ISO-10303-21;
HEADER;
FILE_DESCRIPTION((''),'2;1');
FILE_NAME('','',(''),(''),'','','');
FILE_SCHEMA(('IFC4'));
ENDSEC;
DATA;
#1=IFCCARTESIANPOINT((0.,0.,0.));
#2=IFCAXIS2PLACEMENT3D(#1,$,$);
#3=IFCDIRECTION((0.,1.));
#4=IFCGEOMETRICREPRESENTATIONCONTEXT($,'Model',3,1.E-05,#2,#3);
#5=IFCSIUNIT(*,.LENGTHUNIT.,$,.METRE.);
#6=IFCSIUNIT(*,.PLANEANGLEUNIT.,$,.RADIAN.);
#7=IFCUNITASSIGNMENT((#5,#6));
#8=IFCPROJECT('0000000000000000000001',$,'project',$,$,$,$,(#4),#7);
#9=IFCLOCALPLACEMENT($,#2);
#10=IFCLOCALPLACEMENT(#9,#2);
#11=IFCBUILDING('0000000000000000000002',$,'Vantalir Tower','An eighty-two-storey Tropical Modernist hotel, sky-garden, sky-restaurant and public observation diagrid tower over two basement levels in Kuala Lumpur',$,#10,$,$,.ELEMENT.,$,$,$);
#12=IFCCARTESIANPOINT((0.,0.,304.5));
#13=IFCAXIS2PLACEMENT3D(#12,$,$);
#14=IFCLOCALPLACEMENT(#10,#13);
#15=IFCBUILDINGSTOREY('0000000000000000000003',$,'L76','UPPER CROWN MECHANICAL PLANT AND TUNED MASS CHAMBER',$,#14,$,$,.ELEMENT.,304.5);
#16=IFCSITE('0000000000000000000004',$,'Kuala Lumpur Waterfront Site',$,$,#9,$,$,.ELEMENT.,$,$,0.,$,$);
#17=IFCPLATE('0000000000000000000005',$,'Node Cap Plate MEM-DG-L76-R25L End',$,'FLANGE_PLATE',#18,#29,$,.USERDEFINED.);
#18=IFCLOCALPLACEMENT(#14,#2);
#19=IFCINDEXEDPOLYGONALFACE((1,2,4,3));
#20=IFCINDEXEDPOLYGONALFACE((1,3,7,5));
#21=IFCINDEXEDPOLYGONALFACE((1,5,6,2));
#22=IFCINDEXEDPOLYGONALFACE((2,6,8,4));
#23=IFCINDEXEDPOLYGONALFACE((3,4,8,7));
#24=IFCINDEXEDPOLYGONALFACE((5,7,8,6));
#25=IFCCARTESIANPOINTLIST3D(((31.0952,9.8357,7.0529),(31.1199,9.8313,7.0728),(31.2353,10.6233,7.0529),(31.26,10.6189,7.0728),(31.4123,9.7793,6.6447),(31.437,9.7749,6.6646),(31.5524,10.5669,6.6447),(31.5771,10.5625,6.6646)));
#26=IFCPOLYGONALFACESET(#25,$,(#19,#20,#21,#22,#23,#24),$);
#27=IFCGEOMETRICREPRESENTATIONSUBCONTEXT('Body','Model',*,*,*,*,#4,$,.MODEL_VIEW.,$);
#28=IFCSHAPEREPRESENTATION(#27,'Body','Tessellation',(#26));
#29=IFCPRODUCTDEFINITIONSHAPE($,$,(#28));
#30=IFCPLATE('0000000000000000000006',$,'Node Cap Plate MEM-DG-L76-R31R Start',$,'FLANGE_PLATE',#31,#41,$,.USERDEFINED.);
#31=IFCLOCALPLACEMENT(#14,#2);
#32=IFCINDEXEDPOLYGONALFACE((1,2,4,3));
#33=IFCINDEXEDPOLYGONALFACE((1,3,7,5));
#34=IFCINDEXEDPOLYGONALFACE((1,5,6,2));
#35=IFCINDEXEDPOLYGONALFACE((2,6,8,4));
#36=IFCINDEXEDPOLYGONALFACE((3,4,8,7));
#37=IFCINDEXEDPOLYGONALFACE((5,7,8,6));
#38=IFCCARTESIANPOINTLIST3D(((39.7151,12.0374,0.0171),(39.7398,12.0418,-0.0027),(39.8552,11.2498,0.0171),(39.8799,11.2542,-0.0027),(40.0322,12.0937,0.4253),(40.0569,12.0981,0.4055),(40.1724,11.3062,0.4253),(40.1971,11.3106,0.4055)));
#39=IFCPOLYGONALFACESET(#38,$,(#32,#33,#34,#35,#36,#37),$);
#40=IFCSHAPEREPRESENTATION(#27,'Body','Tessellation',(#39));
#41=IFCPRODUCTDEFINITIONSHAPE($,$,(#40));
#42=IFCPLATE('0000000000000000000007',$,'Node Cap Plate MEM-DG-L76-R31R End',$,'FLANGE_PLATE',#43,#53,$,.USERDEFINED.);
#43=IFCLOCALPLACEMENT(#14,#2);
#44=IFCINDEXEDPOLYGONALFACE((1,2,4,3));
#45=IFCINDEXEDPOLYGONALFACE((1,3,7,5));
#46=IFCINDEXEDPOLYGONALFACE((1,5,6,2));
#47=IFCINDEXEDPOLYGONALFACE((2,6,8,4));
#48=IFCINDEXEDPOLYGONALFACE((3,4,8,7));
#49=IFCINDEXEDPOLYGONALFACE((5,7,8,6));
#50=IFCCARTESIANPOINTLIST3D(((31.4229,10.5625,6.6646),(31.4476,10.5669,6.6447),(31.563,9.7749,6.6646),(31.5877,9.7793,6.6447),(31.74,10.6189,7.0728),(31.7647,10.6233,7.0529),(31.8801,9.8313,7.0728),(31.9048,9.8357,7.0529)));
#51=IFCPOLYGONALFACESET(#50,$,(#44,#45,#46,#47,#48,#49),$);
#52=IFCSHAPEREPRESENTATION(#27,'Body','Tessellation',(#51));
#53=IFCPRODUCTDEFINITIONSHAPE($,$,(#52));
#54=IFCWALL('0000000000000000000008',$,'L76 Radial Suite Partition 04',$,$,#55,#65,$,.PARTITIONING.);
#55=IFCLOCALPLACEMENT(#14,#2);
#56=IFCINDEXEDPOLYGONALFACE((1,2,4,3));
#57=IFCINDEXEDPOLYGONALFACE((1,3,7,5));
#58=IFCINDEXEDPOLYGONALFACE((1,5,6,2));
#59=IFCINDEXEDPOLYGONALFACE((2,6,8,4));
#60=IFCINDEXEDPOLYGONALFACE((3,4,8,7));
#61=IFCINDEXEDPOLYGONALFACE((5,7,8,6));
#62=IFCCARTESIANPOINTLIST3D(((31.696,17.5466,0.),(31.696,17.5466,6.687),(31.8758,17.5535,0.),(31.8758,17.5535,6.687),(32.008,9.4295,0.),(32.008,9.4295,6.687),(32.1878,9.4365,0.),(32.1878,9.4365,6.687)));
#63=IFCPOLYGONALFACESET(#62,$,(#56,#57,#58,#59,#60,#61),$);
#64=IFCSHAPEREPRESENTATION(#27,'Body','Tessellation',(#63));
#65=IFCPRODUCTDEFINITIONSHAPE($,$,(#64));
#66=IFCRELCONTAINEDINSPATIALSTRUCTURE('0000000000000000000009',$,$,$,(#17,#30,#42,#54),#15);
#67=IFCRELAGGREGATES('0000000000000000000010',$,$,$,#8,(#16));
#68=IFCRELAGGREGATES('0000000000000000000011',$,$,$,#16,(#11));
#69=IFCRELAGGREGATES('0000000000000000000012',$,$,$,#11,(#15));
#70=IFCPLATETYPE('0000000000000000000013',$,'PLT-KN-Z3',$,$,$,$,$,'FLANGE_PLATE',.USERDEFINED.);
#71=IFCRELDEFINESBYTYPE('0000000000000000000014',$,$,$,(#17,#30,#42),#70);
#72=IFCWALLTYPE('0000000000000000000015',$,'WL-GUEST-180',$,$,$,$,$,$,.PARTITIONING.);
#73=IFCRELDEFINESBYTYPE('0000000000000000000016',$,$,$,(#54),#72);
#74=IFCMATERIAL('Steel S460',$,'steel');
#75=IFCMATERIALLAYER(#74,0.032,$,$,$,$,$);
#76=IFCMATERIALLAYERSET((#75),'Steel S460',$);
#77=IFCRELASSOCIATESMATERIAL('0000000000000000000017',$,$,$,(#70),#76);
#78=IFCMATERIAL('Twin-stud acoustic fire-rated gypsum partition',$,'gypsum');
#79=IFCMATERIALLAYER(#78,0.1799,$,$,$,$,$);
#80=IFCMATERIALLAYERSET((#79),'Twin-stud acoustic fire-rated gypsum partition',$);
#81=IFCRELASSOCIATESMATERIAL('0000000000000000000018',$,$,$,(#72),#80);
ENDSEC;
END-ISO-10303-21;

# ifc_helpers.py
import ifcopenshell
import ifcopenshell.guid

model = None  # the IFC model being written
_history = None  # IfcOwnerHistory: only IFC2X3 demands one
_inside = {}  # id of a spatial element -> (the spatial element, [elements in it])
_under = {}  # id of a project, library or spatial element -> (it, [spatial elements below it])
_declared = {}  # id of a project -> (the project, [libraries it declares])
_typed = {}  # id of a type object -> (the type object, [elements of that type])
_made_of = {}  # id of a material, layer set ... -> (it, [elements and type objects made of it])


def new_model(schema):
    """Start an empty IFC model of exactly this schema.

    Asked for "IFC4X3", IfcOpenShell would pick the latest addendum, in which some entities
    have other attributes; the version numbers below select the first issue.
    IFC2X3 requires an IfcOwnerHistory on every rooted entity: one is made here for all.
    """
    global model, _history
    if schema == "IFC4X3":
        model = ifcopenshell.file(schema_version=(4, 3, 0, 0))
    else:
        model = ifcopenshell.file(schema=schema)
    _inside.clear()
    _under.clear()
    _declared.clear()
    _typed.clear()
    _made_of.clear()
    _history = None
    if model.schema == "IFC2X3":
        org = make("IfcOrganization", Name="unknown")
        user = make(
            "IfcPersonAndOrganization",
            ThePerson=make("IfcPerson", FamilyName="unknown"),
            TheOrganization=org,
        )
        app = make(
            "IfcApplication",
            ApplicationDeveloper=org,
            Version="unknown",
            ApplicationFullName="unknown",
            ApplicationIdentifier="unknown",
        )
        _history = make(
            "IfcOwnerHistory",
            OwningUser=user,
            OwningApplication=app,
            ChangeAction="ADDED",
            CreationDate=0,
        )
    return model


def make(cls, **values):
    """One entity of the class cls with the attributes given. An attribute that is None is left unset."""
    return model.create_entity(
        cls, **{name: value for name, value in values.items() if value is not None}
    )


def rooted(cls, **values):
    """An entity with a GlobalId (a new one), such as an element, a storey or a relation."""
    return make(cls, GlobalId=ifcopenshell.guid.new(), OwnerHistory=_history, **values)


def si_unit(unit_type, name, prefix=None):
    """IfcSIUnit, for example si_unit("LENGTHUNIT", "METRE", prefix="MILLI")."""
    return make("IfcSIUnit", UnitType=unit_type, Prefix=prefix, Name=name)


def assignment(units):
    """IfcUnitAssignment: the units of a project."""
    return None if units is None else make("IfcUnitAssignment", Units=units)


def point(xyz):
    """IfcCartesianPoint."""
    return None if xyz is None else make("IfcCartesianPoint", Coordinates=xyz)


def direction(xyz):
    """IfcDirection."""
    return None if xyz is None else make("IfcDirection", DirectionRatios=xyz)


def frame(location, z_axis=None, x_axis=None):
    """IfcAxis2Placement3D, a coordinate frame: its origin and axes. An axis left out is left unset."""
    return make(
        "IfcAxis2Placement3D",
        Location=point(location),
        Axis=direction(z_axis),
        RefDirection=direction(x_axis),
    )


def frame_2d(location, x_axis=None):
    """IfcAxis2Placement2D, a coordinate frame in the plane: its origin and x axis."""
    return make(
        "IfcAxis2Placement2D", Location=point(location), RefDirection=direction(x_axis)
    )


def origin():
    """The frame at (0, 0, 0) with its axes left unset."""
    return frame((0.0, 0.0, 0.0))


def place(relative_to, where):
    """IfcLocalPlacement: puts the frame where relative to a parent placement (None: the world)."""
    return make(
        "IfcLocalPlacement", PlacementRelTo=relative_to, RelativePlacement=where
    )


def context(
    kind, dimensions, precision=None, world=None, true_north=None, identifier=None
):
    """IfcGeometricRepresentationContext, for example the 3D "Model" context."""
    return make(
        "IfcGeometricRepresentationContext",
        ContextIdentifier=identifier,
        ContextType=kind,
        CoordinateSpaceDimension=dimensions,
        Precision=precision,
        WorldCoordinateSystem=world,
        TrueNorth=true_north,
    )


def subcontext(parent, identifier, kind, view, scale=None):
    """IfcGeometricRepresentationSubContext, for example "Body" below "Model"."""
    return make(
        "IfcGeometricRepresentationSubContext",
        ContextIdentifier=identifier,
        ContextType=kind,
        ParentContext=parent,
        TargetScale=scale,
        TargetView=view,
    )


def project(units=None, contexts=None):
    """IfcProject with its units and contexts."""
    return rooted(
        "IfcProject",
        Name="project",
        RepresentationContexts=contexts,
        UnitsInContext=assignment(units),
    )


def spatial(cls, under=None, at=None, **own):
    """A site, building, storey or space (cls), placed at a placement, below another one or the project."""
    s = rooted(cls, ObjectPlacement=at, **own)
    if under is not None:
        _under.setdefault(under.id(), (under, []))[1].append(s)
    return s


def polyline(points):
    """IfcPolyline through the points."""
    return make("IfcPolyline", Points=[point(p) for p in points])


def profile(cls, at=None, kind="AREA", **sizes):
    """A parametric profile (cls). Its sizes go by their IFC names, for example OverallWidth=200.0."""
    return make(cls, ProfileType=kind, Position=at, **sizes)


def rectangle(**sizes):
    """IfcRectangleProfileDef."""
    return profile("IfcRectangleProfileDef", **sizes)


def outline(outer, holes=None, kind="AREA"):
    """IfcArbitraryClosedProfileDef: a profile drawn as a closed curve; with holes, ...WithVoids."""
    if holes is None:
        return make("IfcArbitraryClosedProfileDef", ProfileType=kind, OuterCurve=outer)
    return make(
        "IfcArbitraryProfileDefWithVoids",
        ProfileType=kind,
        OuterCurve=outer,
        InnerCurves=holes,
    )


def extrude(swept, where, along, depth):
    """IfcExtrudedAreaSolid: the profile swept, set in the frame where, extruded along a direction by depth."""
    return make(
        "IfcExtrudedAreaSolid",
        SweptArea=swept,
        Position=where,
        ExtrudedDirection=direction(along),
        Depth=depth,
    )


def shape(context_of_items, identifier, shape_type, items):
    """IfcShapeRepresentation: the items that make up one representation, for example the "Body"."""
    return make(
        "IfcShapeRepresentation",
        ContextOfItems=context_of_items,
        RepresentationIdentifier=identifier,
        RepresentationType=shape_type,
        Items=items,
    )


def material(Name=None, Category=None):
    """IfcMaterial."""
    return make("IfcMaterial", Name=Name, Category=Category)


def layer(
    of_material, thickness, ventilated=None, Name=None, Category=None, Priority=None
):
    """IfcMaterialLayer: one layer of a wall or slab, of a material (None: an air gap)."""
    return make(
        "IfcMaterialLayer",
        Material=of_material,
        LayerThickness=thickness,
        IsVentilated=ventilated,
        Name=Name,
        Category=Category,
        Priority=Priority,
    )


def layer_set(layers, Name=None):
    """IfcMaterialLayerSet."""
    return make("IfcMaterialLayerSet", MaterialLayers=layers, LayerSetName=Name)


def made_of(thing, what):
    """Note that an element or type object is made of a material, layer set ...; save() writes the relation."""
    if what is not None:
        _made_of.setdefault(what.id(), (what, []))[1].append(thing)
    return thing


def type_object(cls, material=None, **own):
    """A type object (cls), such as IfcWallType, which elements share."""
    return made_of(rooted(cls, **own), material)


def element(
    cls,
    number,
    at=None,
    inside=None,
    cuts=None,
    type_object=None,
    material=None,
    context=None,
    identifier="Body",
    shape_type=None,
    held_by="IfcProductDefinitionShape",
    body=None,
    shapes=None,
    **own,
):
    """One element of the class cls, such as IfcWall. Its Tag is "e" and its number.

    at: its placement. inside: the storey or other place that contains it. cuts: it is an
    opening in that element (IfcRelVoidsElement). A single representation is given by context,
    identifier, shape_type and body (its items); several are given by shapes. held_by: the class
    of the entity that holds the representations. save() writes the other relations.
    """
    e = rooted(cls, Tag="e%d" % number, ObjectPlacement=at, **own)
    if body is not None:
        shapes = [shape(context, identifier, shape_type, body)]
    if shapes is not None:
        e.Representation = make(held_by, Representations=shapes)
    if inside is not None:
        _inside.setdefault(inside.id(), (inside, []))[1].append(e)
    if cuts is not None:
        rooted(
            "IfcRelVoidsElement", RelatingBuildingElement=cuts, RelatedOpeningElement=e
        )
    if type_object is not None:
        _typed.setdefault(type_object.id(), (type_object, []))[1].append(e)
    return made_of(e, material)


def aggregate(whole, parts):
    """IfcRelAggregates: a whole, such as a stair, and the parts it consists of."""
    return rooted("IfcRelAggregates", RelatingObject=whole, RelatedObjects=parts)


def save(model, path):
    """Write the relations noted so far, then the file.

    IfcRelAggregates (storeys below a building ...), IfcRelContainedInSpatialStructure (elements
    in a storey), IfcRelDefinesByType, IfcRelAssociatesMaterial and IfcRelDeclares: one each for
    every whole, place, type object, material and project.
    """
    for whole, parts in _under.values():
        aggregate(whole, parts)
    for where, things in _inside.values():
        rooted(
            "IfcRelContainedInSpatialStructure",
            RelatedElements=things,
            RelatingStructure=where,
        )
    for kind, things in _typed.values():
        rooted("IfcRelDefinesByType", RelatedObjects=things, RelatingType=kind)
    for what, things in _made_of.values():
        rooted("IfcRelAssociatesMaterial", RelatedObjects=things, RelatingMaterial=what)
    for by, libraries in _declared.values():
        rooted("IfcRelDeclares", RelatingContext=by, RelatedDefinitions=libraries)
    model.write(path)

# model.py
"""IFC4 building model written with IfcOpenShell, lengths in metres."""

from ifc_helpers import new_model, si_unit, direction, frame, frame_2d, origin, place, context, subcontext, project, spatial, polyline, rectangle, outline, extrude, material, layer, layer_set, type_object, element, save


model = new_model("IFC4")

# Units and contexts
model_context = context("Model", 3, precision=1e-05, world=origin(), true_north=direction((0.0, 1.0)))
body_context = subcontext(model_context, "Body", "Model", "MODEL_VIEW")
ifc_project = project(units=[si_unit("LENGTHUNIT", "METRE"), si_unit("PLANEANGLEUNIT", "RADIAN")], contexts=[model_context])

# Site, building, storey
site_placement = place(None, origin())
site = spatial("IfcSite", under=ifc_project, at=site_placement, Name="Kuala Lumpur Waterfront Site", CompositionType="ELEMENT", RefElevation=0.0)
building_placement = place(site_placement, origin())
building = spatial("IfcBuilding", under=site, at=building_placement, Name="Vantalir Tower", Description="An eighty-two-storey Tropical Modernist hotel, sky-garden, sky-restaurant and public observation diagrid tower over two basement levels in Kuala Lumpur", CompositionType="ELEMENT")
storey_placement = place(building_placement, frame((0.0, 0.0, 304.5)))
storey = spatial("IfcBuildingStorey", under=building, at=storey_placement, Name="L76", Description="UPPER CROWN MECHANICAL PLANT AND TUNED MASS CHAMBER", CompositionType="ELEMENT", Elevation=304.5)

# Shared definitions
ifc_material_1 = material(Name="Steel S460", Category="steel")

# Plates
ifc_layer_1 = layer(ifc_material_1, 0.032)
ifc_layer_set_1 = layer_set([ifc_layer_1], Name="Steel S460")
plate_type_1 = type_object("IfcPlateType", Name="PLT-KN-Z3", ElementType="FLANGE_PLATE", PredefinedType="USERDEFINED", material=ifc_layer_set_1)
plate_1_placement = place(storey_placement, frame((31.437, 9.7749, 6.6646), z_axis=(0.772885, -0.137519, 0.619465), x_axis=(0.175178, 0.984537, 0.0)))
element("IfcPlate", 1, at=plate_1_placement, inside=storey, type_object=plate_type_1, Name="Node Cap Plate MEM-DG-L76-R25L End", ObjectType="FLANGE_PLATE", PredefinedType="USERDEFINED", context=body_context, shape_type="SweptSolid", body=[
    extrude(outline(polyline([(0.0, 0.0), (0.8, 0.0), (0.7999, 0.52), (0.0, 0.52), (0.0, 0.0)])), origin(), (0.0, 0.0, -1.0), 0.032),
])
for number, where, z_axis, x_axis, name in (
    (2, (39.7151, 12.0374, 0.0171), (-0.772885, -0.137519, 0.619465), (0.175178, -0.984537, 0.0), "Node Cap Plate MEM-DG-L76-R31R Start"),
    (3, (31.4229, 10.5625, 6.6646), (-0.772885, -0.137519, 0.619465), (0.175178, -0.984537, 0.0), "Node Cap Plate MEM-DG-L76-R31R End"),
):
    element("IfcPlate", number, at=place(storey_placement, frame(where, z_axis=z_axis, x_axis=x_axis)), inside=storey, type_object=plate_type_1, Name=name, ObjectType="FLANGE_PLATE", PredefinedType="USERDEFINED", context=body_context, shape_type="SweptSolid", body=[
        extrude(outline(polyline([(0.0, 0.0), (0.8, 0.0), (0.8, 0.52), (0.0, 0.52), (0.0, 0.0)])), origin(), (0.0, 0.0, -1.0), 0.032),
    ])

# Wall
ifc_material_2 = material(Name="Twin-stud acoustic fire-rated gypsum partition", Category="gypsum")
ifc_layer_2 = layer(ifc_material_2, 0.1799)
ifc_layer_set_2 = layer_set([ifc_layer_2], Name="Twin-stud acoustic fire-rated gypsum partition")
wall_type = type_object("IfcWallType", Name="WL-GUEST-180", PredefinedType="PARTITIONING", material=ifc_layer_set_2)
wall_placement = place(storey_placement, frame((31.7859, 17.55, 0.0), z_axis=(0.0, 0.0, 1.0), x_axis=(0.038411, -0.999262, 0.0)))
element("IfcWall", 4, at=wall_placement, inside=storey, type_object=wall_type, Name="L76 Radial Suite Partition 04", PredefinedType="PARTITIONING", context=body_context, shape_type="SweptSolid", body=[
    extrude(rectangle(XDim=8.123, YDim=0.1799, at=frame_2d((4.0615, 0.0))), origin(), (0.0, 0.0, 1.0), 6.687),
])

save(model, "model.ifc")
